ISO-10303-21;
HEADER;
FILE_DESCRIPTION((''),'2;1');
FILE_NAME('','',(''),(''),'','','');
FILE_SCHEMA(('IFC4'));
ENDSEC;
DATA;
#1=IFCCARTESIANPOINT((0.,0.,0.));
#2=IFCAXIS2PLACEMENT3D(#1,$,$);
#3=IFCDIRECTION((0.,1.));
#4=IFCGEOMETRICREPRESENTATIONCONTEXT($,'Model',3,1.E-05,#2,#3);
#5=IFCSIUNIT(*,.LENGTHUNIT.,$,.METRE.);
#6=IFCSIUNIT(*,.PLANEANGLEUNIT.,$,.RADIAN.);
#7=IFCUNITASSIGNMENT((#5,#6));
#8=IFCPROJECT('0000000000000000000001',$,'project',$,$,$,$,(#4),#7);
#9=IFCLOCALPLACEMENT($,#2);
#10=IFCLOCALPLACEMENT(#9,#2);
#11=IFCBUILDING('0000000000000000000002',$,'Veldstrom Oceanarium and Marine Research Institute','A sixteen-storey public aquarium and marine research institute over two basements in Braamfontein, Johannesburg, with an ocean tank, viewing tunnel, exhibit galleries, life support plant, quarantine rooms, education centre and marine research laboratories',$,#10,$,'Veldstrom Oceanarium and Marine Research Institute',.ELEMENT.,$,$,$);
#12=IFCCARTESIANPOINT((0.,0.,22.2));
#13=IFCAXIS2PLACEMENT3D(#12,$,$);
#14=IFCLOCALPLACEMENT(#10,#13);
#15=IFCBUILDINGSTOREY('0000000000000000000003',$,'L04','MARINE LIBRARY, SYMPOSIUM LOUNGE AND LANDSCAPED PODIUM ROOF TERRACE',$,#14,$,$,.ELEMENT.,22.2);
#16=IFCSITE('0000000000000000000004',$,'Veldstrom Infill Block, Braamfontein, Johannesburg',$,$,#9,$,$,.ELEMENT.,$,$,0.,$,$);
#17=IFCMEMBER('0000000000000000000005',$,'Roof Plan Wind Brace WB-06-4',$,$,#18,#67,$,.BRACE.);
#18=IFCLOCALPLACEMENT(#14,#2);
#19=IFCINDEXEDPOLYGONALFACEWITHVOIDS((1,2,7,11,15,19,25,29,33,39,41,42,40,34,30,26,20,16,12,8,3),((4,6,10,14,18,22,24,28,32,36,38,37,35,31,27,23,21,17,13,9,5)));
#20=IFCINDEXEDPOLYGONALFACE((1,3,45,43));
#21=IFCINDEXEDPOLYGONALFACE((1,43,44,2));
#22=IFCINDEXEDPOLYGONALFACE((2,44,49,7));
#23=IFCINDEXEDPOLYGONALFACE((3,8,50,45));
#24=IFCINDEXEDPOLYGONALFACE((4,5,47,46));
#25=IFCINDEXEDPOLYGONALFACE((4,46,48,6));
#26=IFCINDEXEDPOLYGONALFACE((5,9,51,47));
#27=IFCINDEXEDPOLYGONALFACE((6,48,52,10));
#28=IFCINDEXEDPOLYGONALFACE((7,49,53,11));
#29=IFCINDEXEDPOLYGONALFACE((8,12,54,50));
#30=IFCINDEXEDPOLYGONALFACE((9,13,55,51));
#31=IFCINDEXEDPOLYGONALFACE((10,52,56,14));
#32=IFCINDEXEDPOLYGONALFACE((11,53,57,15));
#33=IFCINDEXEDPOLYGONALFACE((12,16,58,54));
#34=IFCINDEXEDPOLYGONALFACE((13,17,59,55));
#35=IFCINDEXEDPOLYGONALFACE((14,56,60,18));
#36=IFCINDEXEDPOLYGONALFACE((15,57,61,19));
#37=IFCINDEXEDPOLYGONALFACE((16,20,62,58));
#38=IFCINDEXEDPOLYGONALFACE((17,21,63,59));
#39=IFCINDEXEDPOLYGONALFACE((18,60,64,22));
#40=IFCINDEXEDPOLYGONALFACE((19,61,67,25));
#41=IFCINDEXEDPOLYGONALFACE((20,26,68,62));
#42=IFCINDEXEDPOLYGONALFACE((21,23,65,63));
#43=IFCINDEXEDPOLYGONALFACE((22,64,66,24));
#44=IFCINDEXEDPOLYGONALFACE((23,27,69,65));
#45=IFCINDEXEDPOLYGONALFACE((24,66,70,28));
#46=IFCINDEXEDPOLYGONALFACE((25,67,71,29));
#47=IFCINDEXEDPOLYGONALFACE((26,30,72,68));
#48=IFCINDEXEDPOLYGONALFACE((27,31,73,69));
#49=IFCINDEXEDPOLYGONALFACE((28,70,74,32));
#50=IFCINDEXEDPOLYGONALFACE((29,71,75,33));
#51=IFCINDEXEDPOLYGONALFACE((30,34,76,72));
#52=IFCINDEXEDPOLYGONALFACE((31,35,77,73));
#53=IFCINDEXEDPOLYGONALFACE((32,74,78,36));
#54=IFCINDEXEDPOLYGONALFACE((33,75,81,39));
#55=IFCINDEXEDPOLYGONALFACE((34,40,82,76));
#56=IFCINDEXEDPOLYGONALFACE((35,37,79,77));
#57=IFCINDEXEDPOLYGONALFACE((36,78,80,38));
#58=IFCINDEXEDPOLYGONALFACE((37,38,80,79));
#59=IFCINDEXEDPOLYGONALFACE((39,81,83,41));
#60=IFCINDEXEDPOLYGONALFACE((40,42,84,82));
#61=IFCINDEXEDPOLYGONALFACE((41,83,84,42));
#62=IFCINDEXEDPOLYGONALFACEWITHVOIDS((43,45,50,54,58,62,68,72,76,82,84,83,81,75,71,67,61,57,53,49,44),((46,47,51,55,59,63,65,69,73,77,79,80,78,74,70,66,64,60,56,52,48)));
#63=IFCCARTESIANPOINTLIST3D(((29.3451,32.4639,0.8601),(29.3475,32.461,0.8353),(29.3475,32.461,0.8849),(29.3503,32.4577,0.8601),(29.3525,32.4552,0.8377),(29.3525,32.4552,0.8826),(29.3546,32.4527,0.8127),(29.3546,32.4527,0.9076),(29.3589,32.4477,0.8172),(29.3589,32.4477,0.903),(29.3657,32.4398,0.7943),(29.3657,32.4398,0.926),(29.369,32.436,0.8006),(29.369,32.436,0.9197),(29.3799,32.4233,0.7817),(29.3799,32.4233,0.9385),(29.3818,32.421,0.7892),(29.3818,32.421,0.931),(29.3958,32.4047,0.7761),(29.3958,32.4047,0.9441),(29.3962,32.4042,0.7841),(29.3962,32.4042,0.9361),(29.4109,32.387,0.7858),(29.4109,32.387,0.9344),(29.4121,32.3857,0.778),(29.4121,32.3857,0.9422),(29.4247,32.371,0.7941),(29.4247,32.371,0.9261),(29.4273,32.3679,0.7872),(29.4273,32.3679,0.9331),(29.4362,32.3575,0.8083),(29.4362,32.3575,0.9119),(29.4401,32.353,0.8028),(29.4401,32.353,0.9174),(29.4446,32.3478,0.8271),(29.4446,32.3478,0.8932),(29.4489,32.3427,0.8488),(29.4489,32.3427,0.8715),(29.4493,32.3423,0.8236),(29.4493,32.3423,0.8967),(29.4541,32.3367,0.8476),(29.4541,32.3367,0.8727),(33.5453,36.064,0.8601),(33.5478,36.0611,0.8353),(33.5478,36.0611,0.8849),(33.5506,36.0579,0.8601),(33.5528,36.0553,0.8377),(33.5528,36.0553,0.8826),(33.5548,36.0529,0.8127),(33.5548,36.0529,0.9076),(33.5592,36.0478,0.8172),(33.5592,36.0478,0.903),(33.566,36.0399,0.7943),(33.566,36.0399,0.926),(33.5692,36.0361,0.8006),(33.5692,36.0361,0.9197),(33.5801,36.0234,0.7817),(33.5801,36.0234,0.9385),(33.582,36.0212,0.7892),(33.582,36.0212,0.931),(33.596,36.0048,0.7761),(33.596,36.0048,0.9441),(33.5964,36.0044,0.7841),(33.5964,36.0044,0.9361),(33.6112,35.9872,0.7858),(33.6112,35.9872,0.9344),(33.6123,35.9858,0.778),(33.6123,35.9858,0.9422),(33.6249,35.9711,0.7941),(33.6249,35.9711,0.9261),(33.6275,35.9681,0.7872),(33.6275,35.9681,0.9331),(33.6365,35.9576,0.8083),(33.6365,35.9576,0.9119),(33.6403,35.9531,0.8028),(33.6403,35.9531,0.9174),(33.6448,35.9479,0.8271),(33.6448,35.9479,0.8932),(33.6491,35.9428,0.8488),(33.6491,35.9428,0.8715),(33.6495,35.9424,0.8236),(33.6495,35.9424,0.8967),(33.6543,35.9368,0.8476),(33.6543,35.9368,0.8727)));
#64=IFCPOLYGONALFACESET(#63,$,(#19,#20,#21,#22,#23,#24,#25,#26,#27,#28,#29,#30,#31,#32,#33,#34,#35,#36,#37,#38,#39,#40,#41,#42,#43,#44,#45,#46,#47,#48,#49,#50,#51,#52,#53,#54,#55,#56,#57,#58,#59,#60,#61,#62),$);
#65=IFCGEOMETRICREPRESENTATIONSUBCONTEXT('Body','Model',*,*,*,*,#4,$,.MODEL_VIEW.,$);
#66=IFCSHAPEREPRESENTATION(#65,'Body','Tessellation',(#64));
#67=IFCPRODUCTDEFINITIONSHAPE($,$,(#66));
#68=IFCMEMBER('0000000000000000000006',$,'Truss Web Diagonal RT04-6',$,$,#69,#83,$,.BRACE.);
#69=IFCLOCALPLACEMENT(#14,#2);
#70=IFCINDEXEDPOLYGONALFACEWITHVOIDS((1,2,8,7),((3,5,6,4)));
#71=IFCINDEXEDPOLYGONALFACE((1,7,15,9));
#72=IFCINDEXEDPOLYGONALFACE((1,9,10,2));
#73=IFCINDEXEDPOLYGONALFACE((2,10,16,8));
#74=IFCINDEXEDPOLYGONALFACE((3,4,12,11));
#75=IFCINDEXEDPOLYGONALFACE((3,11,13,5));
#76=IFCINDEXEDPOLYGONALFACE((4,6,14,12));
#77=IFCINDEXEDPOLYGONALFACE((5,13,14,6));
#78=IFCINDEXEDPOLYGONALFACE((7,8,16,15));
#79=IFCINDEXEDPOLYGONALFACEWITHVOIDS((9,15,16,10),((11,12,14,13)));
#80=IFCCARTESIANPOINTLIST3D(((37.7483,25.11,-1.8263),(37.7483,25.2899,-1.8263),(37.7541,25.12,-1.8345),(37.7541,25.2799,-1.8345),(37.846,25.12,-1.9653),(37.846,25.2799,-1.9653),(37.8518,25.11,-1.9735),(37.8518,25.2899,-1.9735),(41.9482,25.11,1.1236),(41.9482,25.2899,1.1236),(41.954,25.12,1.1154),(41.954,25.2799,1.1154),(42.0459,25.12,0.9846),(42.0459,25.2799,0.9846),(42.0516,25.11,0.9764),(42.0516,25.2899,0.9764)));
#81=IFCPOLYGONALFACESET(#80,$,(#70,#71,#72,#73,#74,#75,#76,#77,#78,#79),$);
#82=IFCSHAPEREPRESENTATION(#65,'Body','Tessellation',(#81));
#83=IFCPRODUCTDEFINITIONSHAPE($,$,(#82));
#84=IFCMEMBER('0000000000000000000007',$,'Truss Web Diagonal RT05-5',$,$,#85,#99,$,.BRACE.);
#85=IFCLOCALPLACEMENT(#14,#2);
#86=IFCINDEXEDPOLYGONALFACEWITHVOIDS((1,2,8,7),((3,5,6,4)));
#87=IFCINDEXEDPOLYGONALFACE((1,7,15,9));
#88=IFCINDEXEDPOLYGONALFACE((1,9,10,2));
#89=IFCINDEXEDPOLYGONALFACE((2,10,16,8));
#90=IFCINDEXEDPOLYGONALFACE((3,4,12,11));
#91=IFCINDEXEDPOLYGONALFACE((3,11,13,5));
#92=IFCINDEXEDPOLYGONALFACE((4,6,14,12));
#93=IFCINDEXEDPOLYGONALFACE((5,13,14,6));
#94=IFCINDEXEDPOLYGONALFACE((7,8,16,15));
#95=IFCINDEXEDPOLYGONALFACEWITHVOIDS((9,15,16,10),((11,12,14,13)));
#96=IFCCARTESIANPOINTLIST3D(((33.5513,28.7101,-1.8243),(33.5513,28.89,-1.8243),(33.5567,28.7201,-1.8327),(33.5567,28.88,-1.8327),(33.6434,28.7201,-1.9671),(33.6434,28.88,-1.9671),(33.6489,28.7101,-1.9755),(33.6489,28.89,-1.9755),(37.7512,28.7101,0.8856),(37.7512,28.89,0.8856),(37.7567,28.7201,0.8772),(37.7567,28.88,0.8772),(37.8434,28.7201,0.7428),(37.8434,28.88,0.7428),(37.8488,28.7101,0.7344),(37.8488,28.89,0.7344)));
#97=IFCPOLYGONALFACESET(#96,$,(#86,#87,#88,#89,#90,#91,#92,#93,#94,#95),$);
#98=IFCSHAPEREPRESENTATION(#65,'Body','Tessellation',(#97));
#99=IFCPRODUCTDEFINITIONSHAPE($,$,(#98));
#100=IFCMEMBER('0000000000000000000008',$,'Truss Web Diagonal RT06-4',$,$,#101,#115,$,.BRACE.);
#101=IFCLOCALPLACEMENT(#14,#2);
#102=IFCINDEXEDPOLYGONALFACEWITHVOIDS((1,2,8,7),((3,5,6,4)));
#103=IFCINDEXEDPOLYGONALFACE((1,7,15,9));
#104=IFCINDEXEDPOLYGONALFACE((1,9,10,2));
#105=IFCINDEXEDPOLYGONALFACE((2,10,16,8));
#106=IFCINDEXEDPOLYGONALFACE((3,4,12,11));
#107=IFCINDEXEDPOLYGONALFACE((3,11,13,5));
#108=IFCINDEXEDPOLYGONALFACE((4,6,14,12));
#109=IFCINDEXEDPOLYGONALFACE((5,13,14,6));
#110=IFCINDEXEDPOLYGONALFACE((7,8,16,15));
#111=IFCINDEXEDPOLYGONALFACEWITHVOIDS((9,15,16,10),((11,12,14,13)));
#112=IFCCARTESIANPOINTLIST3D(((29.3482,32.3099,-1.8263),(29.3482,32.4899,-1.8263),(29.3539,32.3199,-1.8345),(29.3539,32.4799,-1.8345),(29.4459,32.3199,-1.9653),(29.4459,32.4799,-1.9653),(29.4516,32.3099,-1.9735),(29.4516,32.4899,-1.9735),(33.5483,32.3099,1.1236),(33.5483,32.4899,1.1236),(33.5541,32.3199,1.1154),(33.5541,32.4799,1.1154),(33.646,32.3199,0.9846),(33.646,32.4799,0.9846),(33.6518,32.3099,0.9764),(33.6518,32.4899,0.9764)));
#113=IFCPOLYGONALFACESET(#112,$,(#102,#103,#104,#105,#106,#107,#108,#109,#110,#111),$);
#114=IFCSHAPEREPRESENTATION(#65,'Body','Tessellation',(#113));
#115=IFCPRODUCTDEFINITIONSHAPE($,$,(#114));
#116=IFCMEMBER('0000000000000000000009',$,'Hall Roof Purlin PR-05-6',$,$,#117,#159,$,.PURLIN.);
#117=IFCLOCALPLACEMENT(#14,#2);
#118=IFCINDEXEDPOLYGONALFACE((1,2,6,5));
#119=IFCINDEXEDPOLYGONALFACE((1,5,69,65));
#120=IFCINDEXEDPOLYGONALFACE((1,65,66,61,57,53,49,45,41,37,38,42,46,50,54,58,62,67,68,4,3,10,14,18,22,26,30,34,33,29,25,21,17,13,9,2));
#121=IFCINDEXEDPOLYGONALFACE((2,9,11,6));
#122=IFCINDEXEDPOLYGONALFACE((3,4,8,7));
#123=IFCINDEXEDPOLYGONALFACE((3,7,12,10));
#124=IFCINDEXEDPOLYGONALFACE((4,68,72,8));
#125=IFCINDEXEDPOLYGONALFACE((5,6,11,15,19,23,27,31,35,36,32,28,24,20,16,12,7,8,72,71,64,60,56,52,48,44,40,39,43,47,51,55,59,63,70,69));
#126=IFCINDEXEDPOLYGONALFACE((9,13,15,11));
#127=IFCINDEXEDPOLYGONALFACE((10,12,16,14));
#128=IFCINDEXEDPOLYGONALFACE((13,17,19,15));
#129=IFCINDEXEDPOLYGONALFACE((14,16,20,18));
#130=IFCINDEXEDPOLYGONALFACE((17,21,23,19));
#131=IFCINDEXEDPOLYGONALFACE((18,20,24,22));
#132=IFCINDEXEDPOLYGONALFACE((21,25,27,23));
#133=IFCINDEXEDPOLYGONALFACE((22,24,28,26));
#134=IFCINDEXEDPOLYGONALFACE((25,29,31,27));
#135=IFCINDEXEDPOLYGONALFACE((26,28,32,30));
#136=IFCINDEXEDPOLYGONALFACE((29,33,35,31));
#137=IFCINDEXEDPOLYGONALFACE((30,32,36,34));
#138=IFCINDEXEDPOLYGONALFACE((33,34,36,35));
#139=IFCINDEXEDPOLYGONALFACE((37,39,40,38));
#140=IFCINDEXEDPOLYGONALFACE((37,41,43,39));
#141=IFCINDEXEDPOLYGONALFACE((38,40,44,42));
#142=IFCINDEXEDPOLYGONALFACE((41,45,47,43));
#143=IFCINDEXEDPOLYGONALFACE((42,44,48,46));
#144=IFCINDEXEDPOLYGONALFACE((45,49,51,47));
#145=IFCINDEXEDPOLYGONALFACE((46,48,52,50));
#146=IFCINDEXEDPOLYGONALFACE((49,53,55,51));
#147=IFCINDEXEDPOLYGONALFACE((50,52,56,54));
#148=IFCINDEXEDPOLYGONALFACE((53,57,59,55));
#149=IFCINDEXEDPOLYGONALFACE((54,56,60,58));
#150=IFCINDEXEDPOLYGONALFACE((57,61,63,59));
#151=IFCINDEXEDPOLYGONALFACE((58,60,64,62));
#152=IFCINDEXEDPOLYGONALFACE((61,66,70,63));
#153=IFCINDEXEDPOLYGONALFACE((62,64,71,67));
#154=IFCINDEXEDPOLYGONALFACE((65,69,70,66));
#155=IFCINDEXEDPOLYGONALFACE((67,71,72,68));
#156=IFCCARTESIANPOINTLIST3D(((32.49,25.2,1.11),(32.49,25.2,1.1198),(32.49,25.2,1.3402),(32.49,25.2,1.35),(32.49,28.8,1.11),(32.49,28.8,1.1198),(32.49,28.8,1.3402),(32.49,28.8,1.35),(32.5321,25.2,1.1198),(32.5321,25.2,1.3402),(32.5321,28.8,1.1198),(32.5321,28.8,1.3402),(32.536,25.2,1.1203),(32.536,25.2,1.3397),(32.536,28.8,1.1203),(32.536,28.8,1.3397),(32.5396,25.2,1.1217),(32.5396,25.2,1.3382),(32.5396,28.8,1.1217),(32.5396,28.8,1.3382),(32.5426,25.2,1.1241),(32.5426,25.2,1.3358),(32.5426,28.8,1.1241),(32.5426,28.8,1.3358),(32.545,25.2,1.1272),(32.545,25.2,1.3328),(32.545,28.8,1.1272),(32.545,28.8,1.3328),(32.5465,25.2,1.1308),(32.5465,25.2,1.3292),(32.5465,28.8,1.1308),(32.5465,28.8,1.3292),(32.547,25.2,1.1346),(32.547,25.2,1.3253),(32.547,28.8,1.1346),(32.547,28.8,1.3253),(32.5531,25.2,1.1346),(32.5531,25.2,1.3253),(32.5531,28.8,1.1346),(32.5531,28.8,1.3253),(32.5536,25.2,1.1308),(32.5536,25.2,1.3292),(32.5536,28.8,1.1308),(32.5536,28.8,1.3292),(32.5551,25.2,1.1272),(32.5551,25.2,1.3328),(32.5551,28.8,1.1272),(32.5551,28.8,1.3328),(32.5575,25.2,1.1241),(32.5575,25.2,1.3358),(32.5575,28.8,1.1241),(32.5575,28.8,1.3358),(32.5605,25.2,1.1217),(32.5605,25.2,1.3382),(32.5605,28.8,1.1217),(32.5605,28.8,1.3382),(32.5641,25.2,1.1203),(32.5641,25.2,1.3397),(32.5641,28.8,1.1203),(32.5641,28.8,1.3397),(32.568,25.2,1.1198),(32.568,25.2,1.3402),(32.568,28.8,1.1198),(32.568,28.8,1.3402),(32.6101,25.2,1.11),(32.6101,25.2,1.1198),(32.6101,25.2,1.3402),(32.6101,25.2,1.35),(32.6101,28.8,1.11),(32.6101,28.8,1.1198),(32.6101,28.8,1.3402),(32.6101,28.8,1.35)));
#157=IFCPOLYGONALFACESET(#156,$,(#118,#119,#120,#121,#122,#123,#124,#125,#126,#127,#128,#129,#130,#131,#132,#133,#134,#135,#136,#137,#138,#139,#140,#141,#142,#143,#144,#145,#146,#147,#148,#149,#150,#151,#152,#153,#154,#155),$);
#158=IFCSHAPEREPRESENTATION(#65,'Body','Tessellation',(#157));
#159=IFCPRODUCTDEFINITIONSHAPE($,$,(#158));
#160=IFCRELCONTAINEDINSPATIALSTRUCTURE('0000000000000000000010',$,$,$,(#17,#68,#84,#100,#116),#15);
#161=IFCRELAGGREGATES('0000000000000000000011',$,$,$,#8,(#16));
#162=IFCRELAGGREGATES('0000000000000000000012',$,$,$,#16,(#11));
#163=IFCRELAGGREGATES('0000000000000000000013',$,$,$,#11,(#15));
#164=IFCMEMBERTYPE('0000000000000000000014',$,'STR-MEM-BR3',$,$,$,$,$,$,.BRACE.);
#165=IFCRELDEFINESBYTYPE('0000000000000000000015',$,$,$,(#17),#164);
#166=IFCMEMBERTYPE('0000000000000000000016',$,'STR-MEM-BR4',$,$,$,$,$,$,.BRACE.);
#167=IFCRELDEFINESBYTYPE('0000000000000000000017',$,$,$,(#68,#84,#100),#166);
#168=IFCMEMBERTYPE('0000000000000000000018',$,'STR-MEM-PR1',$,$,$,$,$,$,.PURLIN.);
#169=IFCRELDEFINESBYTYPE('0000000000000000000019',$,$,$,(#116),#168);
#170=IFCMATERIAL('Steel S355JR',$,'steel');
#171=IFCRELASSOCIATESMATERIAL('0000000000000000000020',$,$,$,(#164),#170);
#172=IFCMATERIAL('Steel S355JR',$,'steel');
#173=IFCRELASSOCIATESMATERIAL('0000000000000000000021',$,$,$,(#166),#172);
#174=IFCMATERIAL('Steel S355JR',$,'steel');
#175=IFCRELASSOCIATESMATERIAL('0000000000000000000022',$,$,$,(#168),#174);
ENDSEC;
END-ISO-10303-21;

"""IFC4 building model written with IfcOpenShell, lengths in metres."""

from ifc_helpers import new_model, si_unit, direction, frame, origin, origin_2d, place, context, subcontext, project, spatial, hollow_rectangle, hollow_circle, i_section, extrude, material, material_profile, profile_set, type_object, element, save


model = new_model("IFC4")

# Units and contexts
model_context = context("Model", 3, precision=1e-05, world=origin(), true_north=direction((0.0, 1.0)))
body_context = subcontext(model_context, "Body", "Model", "MODEL_VIEW")
ifc_project = project(units=[si_unit("LENGTHUNIT", "METRE"), si_unit("PLANEANGLEUNIT", "RADIAN")], contexts=[model_context])

# Site, building, storey
site_placement = place(None, origin())
site = spatial("IfcSite", under=ifc_project, at=site_placement, Name="Veldstrom Infill Block, Braamfontein, Johannesburg", CompositionType="ELEMENT", RefElevation=0.0)
building_placement = place(site_placement, origin())
building = spatial("IfcBuilding", under=site, at=building_placement, Name="Veldstrom Oceanarium and Marine Research Institute", Description="A sixteen-storey public aquarium and marine research institute over two basements in Braamfontein, Johannesburg, with an ocean tank, viewing tunnel, exhibit galleries, life support plant, quarantine rooms, education centre and marine research laboratories", LongName="Veldstrom Oceanarium and Marine Research Institute", CompositionType="ELEMENT")
storey_placement = place(building_placement, frame((0.0, 0.0, 22.2)))
storey = spatial("IfcBuildingStorey", under=building, at=storey_placement, Name="L04", Description="MARINE LIBRARY, SYMPOSIUM LOUNGE AND LANDSCAPED PODIUM ROOF TERRACE", CompositionType="ELEMENT", Elevation=22.2)

# Members
ifc_material_1 = material(Name="Steel S355JR", Category="steel")
ifc_material_profile_1 = material_profile(ifc_material_1, hollow_circle(Radius=0.0842, WallThickness=0.0081, at=origin_2d()), Name="CHS 168.3x8")
ifc_profile_set_1 = profile_set([ifc_material_profile_1], Name="Steel S355JR")
member_type_1 = type_object("IfcMemberType", Name="STR-MEM-BR3", PredefinedType="BRACE", material=ifc_profile_set_1)
member_1_placement = place(storey_placement, frame((29.3999, 32.3999, 0.8601), z_axis=(0.759263, 0.650784, 0.0), x_axis=(-0.650784, 0.759263, 0.0)))
element("IfcMember", 1, at=member_1_placement, inside=storey, type_object=member_type_1, Name="Roof Plan Wind Brace WB-06-4", PredefinedType="BRACE", context=body_context, shape_type="SweptSolid", body=[
    extrude(hollow_circle(Radius=0.0842, WallThickness=0.0081, at=origin_2d()), origin(), (0.0, 0.0, 1.0), 5.532),
])
ifc_material_2 = material(Name="Steel S355JR", Category="steel")
ifc_material_profile_2 = material_profile(ifc_material_2, hollow_rectangle(XDim=0.1799, YDim=0.1799, WallThickness=0.01, at=origin_2d()), Name="SHS 180x180x10")
ifc_profile_set_2 = profile_set([ifc_material_profile_2], Name="Steel S355JR")
member_type_2 = type_object("IfcMemberType", Name="STR-MEM-BR4", PredefinedType="BRACE", material=ifc_profile_set_2)
member_2_placement = place(storey_placement, frame((37.8, 25.2, -1.8999), z_axis=(0.818317, 0.0, 0.574767), x_axis=(0.0, 1.0, 0.0)))
element("IfcMember", 2, at=member_2_placement, inside=storey, type_object=member_type_2, Name="Truss Web Diagonal RT04-6", PredefinedType="BRACE", context=body_context, shape_type="SweptSolid", body=[
    extrude(hollow_rectangle(XDim=0.1799, YDim=0.1799, WallThickness=0.01, at=origin_2d()), origin(), (0.0, 0.0, 1.0), 5.1323),
])
member_3_placement = place(storey_placement, frame((33.6001, 28.8, -1.8999), z_axis=(0.840268, 0.0, 0.542171), x_axis=(0.0, 1.0, 0.0)))
element("IfcMember", 3, at=member_3_placement, inside=storey, type_object=member_type_2, Name="Truss Web Diagonal RT05-5", PredefinedType="BRACE", context=body_context, shape_type="SweptSolid", body=[
    extrude(hollow_rectangle(XDim=0.1799, YDim=0.1799, WallThickness=0.01, at=origin_2d()), origin(), (0.0, 0.0, 1.0), 4.9983),
])
member_4_placement = place(storey_placement, frame((29.3999, 32.3999, -1.8999), z_axis=(0.818333, 0.0, 0.574745), x_axis=(0.0, 1.0, 0.0)))
element("IfcMember", 4, at=member_4_placement, inside=storey, type_object=member_type_2, Name="Truss Web Diagonal RT06-4", PredefinedType="BRACE", context=body_context, shape_type="SweptSolid", body=[
    extrude(hollow_rectangle(XDim=0.1799, YDim=0.1799, WallThickness=0.01, at=origin_2d()), origin(), (0.0, 0.0, 1.0), 5.1326),
])
ifc_material_3 = material(Name="Steel S355JR", Category="steel")
ifc_material_profile_3 = material_profile(ifc_material_3, i_section(OverallWidth=0.1201, OverallDepth=0.24, WebThickness=0.0061, FlangeThickness=0.0098, FilletRadius=0.0149, at=origin_2d()), Name="IPE 240")
ifc_profile_set_3 = profile_set([ifc_material_profile_3], Name="Steel S355JR")
member_type_3 = type_object("IfcMemberType", Name="STR-MEM-PR1", PredefinedType="PURLIN", material=ifc_profile_set_3)
for number, where, z_axis, x_axis, name in (
    (5, (32.55, 25.2, 1.23), (0.0, 1.0, 0.0), (-1.0, 0.0, 0.0), "Hall Roof Purlin PR-05-6"),
):
    element("IfcMember", number, at=place(storey_placement, frame(where, z_axis=z_axis, x_axis=x_axis)), inside=storey, type_object=member_type_3, Name=name, PredefinedType="PURLIN", context=body_context, shape_type="SweptSolid", body=[
        extrude(i_section(OverallWidth=0.1201, OverallDepth=0.24, WebThickness=0.0061, FlangeThickness=0.0098, FilletRadius=0.0149, at=origin_2d()), origin(), (0.0, 0.0, 1.0), 3.6001),
    ])

save(model, "model.ifc")
